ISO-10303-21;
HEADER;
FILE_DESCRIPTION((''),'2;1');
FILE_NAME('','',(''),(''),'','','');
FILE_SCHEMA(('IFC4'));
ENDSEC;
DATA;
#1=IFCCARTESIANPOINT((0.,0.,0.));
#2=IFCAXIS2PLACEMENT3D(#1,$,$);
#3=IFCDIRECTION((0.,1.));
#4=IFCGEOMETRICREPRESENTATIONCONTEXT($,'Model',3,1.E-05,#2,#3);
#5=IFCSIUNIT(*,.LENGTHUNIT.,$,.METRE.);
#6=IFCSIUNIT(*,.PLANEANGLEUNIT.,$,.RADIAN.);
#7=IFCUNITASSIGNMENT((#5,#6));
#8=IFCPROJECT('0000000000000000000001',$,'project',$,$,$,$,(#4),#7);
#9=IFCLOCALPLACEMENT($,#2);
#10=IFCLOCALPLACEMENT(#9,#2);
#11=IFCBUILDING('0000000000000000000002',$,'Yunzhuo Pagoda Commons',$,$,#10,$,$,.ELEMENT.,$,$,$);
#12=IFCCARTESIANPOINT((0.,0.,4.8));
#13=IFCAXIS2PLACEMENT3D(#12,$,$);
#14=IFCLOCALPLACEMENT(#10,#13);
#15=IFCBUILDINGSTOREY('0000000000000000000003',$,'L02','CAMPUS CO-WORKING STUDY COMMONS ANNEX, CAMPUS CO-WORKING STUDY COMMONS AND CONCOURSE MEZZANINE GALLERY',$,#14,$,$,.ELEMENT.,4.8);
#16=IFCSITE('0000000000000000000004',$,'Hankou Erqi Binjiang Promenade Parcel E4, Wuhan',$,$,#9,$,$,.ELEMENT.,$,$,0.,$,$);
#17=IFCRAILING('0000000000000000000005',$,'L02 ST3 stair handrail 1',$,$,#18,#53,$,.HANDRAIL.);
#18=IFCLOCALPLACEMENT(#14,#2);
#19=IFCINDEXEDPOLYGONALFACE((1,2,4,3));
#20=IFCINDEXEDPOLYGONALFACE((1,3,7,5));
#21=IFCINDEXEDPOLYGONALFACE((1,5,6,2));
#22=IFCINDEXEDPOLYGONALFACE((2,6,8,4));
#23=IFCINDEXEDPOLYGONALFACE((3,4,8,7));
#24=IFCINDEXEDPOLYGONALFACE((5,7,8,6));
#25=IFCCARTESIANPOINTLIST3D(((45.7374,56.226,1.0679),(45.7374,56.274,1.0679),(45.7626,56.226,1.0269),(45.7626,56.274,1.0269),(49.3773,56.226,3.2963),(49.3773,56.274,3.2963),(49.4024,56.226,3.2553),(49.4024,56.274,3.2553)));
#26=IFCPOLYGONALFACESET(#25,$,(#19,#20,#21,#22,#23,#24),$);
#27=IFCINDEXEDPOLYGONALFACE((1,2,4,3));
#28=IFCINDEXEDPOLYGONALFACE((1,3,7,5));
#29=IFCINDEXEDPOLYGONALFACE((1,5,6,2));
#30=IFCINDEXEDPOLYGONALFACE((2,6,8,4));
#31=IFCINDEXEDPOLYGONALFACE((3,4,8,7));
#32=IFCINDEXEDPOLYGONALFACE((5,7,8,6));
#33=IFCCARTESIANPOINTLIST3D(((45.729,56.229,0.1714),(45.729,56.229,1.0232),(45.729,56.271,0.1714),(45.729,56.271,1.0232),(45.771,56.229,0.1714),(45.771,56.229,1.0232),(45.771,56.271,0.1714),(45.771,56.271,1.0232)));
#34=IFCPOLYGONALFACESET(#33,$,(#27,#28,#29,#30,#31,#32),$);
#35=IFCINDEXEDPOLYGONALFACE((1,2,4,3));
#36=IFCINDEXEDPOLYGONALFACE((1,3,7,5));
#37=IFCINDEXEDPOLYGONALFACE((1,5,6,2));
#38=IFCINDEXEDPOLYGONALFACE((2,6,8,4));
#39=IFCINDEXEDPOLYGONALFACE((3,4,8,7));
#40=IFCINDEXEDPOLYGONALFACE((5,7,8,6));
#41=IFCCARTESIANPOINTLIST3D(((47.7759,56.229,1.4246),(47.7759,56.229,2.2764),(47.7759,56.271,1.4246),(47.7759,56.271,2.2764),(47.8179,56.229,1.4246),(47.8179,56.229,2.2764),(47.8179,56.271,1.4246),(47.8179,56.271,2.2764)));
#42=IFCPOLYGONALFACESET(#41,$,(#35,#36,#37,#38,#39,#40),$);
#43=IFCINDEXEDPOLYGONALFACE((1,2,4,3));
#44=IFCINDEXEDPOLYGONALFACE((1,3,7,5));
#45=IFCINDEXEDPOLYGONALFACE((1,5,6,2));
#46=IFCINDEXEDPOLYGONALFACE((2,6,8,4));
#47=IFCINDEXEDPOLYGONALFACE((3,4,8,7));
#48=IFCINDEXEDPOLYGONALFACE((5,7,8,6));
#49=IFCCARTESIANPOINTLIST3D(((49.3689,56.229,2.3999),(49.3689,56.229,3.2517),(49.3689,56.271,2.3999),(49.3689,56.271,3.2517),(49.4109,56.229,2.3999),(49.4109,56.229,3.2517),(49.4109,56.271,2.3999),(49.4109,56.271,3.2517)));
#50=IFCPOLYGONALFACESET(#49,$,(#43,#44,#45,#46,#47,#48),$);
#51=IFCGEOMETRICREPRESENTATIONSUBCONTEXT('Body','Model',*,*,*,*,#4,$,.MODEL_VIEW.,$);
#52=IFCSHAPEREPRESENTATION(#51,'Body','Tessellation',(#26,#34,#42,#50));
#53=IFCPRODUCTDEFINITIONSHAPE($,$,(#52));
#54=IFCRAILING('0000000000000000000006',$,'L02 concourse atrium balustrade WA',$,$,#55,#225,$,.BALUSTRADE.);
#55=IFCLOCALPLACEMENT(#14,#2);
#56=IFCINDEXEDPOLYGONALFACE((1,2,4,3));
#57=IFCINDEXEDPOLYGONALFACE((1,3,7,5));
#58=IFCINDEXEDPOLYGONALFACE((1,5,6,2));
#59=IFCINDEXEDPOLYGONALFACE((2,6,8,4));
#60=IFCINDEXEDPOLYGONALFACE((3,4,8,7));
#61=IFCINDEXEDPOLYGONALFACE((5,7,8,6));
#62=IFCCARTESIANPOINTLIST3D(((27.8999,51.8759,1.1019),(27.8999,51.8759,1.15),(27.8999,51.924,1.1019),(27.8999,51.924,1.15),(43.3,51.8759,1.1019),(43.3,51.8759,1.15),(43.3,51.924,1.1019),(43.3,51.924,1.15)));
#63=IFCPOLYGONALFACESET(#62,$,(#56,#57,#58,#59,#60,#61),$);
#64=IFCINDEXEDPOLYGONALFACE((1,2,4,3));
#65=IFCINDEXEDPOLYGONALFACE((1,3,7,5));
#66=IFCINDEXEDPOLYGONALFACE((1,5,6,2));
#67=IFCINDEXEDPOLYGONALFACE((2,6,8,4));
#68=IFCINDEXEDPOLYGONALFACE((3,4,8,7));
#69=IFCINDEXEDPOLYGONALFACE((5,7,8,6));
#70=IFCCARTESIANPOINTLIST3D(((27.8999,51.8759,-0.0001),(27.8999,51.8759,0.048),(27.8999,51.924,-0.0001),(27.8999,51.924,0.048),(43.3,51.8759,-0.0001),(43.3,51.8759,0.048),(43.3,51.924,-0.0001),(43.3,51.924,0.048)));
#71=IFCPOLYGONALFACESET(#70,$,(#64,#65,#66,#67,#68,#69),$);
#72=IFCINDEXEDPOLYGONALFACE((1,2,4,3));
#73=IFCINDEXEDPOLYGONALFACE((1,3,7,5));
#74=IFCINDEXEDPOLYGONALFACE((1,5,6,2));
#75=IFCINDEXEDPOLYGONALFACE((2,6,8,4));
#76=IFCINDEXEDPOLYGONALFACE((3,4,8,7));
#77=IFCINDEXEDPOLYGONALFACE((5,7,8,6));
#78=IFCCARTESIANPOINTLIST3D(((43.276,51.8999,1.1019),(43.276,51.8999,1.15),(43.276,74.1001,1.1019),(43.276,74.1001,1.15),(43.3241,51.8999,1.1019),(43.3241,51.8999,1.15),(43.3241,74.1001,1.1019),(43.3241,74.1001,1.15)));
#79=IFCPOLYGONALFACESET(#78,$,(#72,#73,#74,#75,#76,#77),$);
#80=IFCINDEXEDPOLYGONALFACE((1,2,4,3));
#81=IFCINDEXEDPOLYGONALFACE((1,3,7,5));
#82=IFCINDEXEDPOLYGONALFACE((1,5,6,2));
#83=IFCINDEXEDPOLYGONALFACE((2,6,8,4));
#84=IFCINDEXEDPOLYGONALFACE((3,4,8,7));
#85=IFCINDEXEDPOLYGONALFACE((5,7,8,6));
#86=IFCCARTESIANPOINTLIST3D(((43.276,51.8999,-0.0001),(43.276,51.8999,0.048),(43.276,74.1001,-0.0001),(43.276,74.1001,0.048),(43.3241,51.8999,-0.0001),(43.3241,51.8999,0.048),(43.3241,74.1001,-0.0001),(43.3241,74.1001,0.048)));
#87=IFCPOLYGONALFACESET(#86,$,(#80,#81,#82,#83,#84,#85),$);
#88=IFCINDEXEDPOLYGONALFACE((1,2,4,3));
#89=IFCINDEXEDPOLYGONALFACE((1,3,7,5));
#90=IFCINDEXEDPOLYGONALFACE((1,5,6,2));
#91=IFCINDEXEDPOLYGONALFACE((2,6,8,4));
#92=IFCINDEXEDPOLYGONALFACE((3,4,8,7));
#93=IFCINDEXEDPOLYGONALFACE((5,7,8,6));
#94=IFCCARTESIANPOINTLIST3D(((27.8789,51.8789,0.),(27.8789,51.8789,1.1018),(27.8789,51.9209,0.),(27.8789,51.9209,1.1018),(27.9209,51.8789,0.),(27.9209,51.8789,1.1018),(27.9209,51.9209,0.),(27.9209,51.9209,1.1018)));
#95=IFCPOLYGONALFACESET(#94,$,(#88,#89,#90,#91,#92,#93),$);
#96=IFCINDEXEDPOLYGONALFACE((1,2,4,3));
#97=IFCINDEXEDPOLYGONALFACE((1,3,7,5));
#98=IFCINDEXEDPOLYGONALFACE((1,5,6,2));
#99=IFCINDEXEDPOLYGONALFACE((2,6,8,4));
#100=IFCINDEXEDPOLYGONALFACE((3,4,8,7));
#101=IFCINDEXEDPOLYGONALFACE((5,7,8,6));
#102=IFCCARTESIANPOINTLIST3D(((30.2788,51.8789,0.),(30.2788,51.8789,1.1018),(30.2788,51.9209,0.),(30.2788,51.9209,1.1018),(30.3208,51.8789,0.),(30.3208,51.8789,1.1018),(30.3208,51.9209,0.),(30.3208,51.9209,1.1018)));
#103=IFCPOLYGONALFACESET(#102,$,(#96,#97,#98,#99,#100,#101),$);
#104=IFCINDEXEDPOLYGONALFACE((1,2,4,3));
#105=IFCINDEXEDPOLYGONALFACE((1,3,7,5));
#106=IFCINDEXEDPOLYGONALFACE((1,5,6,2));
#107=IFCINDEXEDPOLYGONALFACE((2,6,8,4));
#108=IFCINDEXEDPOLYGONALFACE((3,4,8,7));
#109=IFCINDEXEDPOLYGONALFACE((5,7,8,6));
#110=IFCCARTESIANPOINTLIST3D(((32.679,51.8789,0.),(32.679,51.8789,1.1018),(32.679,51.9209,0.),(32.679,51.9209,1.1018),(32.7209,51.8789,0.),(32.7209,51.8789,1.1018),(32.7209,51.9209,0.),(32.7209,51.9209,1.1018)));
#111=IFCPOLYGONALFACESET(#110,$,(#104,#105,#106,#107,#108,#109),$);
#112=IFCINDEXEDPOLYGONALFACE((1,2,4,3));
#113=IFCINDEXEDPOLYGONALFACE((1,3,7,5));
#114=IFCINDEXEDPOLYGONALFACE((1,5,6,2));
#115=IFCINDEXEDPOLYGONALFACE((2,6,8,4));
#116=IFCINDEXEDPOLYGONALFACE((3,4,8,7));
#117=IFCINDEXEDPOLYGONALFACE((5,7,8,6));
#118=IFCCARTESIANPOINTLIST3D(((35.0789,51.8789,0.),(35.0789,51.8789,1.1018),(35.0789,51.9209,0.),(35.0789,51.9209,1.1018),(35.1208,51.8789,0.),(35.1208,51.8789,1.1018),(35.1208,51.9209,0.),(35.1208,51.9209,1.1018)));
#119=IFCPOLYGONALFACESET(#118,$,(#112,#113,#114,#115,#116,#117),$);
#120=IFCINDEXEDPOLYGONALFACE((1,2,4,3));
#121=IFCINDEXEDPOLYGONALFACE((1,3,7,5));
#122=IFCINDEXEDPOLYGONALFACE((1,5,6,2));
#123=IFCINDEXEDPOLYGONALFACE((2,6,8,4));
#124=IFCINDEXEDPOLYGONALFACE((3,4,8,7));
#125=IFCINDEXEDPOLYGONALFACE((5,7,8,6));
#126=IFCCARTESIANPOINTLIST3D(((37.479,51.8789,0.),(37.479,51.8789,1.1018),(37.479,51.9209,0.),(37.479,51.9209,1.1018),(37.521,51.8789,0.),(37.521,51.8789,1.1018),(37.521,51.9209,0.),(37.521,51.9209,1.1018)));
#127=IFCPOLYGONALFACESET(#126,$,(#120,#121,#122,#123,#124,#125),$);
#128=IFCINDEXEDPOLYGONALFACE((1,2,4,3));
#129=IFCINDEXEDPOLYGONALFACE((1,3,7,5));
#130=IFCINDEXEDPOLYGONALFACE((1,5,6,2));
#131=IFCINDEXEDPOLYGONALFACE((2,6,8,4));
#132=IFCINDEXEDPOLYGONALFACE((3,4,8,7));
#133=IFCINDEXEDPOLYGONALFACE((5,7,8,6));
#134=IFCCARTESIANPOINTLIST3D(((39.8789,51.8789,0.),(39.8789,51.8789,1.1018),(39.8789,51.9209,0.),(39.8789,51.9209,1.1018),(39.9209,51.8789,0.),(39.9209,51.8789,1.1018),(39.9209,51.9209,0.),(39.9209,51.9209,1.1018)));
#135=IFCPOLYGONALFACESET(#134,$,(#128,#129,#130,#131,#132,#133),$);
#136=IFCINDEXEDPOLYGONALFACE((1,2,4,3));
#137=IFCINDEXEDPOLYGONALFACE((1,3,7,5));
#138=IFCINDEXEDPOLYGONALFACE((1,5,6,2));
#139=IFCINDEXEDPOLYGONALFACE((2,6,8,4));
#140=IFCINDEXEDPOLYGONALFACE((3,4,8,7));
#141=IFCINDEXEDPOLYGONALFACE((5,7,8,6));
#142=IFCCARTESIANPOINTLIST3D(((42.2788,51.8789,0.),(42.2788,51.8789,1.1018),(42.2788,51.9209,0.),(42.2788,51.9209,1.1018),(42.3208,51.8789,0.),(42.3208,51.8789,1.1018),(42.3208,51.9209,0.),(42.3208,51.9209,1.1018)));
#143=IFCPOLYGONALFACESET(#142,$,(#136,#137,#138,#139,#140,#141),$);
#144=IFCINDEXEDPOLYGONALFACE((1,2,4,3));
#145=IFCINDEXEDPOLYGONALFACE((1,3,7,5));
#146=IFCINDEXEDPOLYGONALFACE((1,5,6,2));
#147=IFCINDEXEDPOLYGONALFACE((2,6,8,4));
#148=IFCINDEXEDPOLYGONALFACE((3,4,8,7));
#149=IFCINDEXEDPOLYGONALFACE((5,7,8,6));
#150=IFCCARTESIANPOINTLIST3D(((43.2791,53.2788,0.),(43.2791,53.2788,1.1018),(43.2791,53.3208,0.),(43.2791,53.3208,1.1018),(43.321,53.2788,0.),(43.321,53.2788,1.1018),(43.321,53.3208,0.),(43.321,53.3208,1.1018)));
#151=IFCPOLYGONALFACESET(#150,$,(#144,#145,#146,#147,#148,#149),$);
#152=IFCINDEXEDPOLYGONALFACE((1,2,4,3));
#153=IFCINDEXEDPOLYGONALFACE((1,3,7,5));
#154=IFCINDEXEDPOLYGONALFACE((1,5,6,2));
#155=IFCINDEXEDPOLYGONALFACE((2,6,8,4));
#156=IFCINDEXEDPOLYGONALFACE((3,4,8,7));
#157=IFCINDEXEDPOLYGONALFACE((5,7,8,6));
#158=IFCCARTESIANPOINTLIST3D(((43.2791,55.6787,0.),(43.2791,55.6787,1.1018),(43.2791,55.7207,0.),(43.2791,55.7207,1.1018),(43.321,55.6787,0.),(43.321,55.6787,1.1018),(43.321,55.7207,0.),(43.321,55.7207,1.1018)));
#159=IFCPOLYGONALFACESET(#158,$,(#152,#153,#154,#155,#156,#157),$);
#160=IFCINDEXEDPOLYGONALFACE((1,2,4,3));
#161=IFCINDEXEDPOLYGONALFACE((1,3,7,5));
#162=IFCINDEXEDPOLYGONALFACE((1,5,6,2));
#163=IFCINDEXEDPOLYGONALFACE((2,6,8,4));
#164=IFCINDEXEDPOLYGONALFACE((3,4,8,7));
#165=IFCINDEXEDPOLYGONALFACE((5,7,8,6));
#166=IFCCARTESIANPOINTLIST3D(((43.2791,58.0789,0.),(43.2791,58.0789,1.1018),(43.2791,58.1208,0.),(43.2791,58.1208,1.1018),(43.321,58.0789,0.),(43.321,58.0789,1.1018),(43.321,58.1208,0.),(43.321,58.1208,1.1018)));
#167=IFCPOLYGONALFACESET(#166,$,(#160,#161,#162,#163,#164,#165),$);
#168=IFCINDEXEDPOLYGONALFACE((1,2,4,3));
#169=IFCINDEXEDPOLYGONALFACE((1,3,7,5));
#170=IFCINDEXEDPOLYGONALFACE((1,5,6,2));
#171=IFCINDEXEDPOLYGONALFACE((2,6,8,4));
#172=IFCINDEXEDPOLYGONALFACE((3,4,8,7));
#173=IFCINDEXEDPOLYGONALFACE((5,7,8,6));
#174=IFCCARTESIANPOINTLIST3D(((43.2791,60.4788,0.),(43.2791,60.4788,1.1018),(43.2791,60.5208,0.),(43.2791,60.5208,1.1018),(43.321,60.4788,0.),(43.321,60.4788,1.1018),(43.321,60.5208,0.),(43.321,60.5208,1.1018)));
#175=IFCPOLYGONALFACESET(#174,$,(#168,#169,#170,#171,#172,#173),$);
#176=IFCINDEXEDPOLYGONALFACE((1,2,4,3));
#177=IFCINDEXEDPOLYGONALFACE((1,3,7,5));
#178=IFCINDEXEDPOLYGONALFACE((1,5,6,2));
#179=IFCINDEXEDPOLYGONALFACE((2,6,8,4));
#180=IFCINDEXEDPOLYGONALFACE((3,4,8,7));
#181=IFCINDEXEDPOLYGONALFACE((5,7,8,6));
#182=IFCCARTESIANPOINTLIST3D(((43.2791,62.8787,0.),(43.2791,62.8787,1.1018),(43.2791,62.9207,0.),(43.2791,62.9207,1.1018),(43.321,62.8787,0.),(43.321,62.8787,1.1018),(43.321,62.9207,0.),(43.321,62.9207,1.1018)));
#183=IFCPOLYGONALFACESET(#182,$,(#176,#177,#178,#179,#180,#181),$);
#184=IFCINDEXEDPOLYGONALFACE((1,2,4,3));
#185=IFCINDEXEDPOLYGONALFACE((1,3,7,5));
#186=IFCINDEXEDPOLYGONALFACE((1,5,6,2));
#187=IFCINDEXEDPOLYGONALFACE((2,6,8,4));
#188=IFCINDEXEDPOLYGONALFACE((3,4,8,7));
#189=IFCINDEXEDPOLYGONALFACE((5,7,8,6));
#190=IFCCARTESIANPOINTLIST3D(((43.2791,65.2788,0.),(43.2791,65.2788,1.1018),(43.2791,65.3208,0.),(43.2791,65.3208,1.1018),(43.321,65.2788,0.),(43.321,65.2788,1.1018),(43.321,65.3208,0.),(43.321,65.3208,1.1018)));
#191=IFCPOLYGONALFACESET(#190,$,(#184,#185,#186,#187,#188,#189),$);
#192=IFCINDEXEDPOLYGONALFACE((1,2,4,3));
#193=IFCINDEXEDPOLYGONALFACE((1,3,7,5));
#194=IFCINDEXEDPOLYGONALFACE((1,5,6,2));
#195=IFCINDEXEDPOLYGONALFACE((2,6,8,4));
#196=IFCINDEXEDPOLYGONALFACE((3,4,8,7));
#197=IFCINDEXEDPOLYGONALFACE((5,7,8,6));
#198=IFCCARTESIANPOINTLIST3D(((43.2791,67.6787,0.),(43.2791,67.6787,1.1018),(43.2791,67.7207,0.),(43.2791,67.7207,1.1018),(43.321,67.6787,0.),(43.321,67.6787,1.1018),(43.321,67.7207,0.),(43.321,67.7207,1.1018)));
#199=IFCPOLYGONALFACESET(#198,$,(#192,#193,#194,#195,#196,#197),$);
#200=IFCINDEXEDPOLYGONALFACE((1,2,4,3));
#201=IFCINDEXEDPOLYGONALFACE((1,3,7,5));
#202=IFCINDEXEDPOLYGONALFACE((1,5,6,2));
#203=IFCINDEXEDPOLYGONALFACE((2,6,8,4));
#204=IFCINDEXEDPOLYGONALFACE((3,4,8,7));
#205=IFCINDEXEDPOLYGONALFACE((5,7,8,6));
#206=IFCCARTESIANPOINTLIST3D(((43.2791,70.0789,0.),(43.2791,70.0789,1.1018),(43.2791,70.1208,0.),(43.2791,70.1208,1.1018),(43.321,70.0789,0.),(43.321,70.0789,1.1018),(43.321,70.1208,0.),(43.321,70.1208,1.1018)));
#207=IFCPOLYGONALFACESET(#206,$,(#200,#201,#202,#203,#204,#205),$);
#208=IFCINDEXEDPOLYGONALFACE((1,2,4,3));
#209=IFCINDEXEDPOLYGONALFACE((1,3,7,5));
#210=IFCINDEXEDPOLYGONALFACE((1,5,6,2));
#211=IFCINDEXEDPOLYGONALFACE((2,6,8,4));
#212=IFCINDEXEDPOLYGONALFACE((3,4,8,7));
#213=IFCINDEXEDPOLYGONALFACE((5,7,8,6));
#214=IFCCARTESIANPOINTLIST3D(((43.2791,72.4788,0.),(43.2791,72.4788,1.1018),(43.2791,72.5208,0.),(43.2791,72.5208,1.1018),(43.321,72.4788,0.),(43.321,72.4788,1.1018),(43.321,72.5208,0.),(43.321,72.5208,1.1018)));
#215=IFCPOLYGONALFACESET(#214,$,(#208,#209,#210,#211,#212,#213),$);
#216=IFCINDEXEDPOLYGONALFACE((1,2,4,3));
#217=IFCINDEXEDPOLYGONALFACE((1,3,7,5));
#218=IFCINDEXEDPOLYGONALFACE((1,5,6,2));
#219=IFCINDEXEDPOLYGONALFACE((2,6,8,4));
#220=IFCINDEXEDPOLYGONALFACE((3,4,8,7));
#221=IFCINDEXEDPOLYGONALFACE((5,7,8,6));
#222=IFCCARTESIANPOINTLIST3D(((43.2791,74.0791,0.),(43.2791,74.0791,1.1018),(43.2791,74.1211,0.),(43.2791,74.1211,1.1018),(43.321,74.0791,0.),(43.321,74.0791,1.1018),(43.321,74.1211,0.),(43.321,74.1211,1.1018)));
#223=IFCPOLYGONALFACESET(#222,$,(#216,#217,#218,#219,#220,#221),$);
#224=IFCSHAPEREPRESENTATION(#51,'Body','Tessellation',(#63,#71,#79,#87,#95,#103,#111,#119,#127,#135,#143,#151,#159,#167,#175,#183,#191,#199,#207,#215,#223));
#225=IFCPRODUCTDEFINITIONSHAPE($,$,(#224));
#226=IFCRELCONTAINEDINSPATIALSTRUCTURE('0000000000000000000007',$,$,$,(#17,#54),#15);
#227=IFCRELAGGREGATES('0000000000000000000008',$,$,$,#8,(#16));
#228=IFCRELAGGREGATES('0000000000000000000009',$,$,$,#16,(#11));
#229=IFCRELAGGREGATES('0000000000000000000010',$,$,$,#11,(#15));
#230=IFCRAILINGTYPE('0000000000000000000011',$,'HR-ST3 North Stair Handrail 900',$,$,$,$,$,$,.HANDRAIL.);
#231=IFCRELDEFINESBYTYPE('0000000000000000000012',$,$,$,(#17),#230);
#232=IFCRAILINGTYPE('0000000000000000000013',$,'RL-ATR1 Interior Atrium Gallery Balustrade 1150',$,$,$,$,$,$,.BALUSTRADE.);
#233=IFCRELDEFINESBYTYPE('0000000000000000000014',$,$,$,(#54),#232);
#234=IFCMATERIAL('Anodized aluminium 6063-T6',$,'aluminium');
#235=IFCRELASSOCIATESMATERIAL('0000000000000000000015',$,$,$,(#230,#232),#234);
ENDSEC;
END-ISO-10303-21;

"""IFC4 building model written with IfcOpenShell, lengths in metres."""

from ifc_helpers import new_model, si_unit, direction, frame, origin, origin_2d, place, context, subcontext, project, spatial, rectangle, extrude, material, type_object, element, save


model = new_model("IFC4")

# Units and contexts
model_context = context("Model", 3, precision=1e-05, world=origin(), true_north=direction((0.0, 1.0)))
body_context = subcontext(model_context, "Body", "Model", "MODEL_VIEW")
ifc_project = project(units=[si_unit("LENGTHUNIT", "METRE"), si_unit("PLANEANGLEUNIT", "RADIAN")], contexts=[model_context])

# Site, building, storey
site_placement = place(None, origin())
site = spatial("IfcSite", under=ifc_project, at=site_placement, Name="Hankou Erqi Binjiang Promenade Parcel E4, Wuhan", CompositionType="ELEMENT", RefElevation=0.0)
building_placement = place(site_placement, origin())
building = spatial("IfcBuilding", under=site, at=building_placement, Name="Yunzhuo Pagoda Commons", CompositionType="ELEMENT")
storey_placement = place(building_placement, frame((0.0, 0.0, 4.8)))
storey = spatial("IfcBuildingStorey", under=building, at=storey_placement, Name="L02", Description="CAMPUS CO-WORKING STUDY COMMONS ANNEX, CAMPUS CO-WORKING STUDY COMMONS AND CONCOURSE MEZZANINE GALLERY", CompositionType="ELEMENT", Elevation=4.8)

# Railings
ifc_material_1 = material(Name="Anodized aluminium 6063-T6", Category="aluminium")
railing_type_1 = type_object("IfcRailingType", Name="HR-ST3 North Stair Handrail 900", PredefinedType="HANDRAIL", material=ifc_material_1)
railing_1_placement = place(storey_placement, frame((45.75, 56.25, 0.1714)))
element("IfcRailing", 1, at=railing_1_placement, inside=storey, type_object=railing_type_1, Name="L02 ST3 stair handrail 1", PredefinedType="HANDRAIL", context=body_context, shape_type="SweptSolid", body=[
    extrude(rectangle(XDim=0.0481, YDim=0.0481, at=origin_2d()), frame((0.0, 0.0, 0.876), z_axis=(0.85285, 0.0, 0.522156), x_axis=(0.0, 1.0, 0.0)), (0.0, 0.0, 1.0), 4.2678),
    extrude(rectangle(XDim=0.042, YDim=0.042, at=origin_2d()), origin(), (0.0, 0.0, 1.0), 0.8518),
    extrude(rectangle(XDim=0.042, YDim=0.042, at=origin_2d()), frame((2.0469, 0.0, 1.2532)), (0.0, 0.0, 1.0), 0.8518),
    extrude(rectangle(XDim=0.042, YDim=0.042, at=origin_2d()), frame((3.6399, 0.0, 2.2285)), (0.0, 0.0, 1.0), 0.8518),
])
railing_type_2 = type_object("IfcRailingType", Name="RL-ATR1 Interior Atrium Gallery Balustrade 1150", PredefinedType="BALUSTRADE", material=ifc_material_1)
railing_2_placement = place(storey_placement, frame((27.8999, 51.8999, 0.0)))
element("IfcRailing", 2, at=railing_2_placement, inside=storey, type_object=railing_type_2, Name="L02 concourse atrium balustrade WA", PredefinedType="BALUSTRADE", context=body_context, shape_type="SweptSolid", body=[
    extrude(rectangle(XDim=0.0481, YDim=0.0481, at=origin_2d()), frame((0.0, 0.0, 1.126), z_axis=(1.0, 0.0, 0.0), x_axis=(0.0, 1.0, 0.0)), (0.0, 0.0, 1.0), 15.4001),
    extrude(rectangle(XDim=0.0481, YDim=0.0481, at=origin_2d()), frame((0.0, 0.0, 0.0239), z_axis=(1.0, 0.0, 0.0), x_axis=(0.0, 1.0, 0.0)), (0.0, 0.0, 1.0), 15.4001),
    extrude(rectangle(XDim=0.0481, YDim=0.0481, at=origin_2d()), frame((15.4001, 0.0, 1.126), z_axis=(0.0, 1.0, 0.0), x_axis=(-1.0, 0.0, 0.0)), (0.0, 0.0, 1.0), 22.2002),
    extrude(rectangle(XDim=0.0481, YDim=0.0481, at=origin_2d()), frame((15.4001, 0.0, 0.0239), z_axis=(0.0, 1.0, 0.0), x_axis=(-1.0, 0.0, 0.0)), (0.0, 0.0, 1.0), 22.2002),
    extrude(rectangle(XDim=0.042, YDim=0.042, at=origin_2d()), origin(), (0.0, 0.0, 1.0), 1.1018),
    extrude(rectangle(XDim=0.042, YDim=0.042, at=origin_2d()), frame((2.3999, 0.0, 0.0)), (0.0, 0.0, 1.0), 1.1018),
    extrude(rectangle(XDim=0.042, YDim=0.042, at=origin_2d()), frame((4.8, 0.0, 0.0)), (0.0, 0.0, 1.0), 1.1018),
    extrude(rectangle(XDim=0.042, YDim=0.042, at=origin_2d()), frame((7.2, 0.0, 0.0)), (0.0, 0.0, 1.0), 1.1018),
    extrude(rectangle(XDim=0.042, YDim=0.042, at=origin_2d()), frame((9.6001, 0.0, 0.0)), (0.0, 0.0, 1.0), 1.1018),
    extrude(rectangle(XDim=0.042, YDim=0.042, at=origin_2d()), frame((12.0, 0.0, 0.0)), (0.0, 0.0, 1.0), 1.1018),
    extrude(rectangle(XDim=0.042, YDim=0.042, at=origin_2d()), frame((14.3999, 0.0, 0.0)), (0.0, 0.0, 1.0), 1.1018),
    extrude(rectangle(XDim=0.042, YDim=0.042, at=origin_2d()), frame((15.4001, 1.3999, 0.0)), (0.0, 0.0, 1.0), 1.1018),
    extrude(rectangle(XDim=0.042, YDim=0.042, at=origin_2d()), frame((15.4001, 3.7998, 0.0)), (0.0, 0.0, 1.0), 1.1018),
    extrude(rectangle(XDim=0.042, YDim=0.042, at=origin_2d()), frame((15.4001, 6.2, 0.0)), (0.0, 0.0, 1.0), 1.1018),
    extrude(rectangle(XDim=0.042, YDim=0.042, at=origin_2d()), frame((15.4001, 8.5999, 0.0)), (0.0, 0.0, 1.0), 1.1018),
    extrude(rectangle(XDim=0.042, YDim=0.042, at=origin_2d()), frame((15.4001, 10.9998, 0.0)), (0.0, 0.0, 1.0), 1.1018),
    extrude(rectangle(XDim=0.042, YDim=0.042, at=origin_2d()), frame((15.4001, 13.3999, 0.0)), (0.0, 0.0, 1.0), 1.1018),
    extrude(rectangle(XDim=0.042, YDim=0.042, at=origin_2d()), frame((15.4001, 15.7998, 0.0)), (0.0, 0.0, 1.0), 1.1018),
    extrude(rectangle(XDim=0.042, YDim=0.042, at=origin_2d()), frame((15.4001, 18.2, 0.0)), (0.0, 0.0, 1.0), 1.1018),
    extrude(rectangle(XDim=0.042, YDim=0.042, at=origin_2d()), frame((15.4001, 20.5999, 0.0)), (0.0, 0.0, 1.0), 1.1018),
    extrude(rectangle(XDim=0.042, YDim=0.042, at=origin_2d()), frame((15.4001, 22.2002, 0.0)), (0.0, 0.0, 1.0), 1.1018),
])

save(model, "model.ifc")
